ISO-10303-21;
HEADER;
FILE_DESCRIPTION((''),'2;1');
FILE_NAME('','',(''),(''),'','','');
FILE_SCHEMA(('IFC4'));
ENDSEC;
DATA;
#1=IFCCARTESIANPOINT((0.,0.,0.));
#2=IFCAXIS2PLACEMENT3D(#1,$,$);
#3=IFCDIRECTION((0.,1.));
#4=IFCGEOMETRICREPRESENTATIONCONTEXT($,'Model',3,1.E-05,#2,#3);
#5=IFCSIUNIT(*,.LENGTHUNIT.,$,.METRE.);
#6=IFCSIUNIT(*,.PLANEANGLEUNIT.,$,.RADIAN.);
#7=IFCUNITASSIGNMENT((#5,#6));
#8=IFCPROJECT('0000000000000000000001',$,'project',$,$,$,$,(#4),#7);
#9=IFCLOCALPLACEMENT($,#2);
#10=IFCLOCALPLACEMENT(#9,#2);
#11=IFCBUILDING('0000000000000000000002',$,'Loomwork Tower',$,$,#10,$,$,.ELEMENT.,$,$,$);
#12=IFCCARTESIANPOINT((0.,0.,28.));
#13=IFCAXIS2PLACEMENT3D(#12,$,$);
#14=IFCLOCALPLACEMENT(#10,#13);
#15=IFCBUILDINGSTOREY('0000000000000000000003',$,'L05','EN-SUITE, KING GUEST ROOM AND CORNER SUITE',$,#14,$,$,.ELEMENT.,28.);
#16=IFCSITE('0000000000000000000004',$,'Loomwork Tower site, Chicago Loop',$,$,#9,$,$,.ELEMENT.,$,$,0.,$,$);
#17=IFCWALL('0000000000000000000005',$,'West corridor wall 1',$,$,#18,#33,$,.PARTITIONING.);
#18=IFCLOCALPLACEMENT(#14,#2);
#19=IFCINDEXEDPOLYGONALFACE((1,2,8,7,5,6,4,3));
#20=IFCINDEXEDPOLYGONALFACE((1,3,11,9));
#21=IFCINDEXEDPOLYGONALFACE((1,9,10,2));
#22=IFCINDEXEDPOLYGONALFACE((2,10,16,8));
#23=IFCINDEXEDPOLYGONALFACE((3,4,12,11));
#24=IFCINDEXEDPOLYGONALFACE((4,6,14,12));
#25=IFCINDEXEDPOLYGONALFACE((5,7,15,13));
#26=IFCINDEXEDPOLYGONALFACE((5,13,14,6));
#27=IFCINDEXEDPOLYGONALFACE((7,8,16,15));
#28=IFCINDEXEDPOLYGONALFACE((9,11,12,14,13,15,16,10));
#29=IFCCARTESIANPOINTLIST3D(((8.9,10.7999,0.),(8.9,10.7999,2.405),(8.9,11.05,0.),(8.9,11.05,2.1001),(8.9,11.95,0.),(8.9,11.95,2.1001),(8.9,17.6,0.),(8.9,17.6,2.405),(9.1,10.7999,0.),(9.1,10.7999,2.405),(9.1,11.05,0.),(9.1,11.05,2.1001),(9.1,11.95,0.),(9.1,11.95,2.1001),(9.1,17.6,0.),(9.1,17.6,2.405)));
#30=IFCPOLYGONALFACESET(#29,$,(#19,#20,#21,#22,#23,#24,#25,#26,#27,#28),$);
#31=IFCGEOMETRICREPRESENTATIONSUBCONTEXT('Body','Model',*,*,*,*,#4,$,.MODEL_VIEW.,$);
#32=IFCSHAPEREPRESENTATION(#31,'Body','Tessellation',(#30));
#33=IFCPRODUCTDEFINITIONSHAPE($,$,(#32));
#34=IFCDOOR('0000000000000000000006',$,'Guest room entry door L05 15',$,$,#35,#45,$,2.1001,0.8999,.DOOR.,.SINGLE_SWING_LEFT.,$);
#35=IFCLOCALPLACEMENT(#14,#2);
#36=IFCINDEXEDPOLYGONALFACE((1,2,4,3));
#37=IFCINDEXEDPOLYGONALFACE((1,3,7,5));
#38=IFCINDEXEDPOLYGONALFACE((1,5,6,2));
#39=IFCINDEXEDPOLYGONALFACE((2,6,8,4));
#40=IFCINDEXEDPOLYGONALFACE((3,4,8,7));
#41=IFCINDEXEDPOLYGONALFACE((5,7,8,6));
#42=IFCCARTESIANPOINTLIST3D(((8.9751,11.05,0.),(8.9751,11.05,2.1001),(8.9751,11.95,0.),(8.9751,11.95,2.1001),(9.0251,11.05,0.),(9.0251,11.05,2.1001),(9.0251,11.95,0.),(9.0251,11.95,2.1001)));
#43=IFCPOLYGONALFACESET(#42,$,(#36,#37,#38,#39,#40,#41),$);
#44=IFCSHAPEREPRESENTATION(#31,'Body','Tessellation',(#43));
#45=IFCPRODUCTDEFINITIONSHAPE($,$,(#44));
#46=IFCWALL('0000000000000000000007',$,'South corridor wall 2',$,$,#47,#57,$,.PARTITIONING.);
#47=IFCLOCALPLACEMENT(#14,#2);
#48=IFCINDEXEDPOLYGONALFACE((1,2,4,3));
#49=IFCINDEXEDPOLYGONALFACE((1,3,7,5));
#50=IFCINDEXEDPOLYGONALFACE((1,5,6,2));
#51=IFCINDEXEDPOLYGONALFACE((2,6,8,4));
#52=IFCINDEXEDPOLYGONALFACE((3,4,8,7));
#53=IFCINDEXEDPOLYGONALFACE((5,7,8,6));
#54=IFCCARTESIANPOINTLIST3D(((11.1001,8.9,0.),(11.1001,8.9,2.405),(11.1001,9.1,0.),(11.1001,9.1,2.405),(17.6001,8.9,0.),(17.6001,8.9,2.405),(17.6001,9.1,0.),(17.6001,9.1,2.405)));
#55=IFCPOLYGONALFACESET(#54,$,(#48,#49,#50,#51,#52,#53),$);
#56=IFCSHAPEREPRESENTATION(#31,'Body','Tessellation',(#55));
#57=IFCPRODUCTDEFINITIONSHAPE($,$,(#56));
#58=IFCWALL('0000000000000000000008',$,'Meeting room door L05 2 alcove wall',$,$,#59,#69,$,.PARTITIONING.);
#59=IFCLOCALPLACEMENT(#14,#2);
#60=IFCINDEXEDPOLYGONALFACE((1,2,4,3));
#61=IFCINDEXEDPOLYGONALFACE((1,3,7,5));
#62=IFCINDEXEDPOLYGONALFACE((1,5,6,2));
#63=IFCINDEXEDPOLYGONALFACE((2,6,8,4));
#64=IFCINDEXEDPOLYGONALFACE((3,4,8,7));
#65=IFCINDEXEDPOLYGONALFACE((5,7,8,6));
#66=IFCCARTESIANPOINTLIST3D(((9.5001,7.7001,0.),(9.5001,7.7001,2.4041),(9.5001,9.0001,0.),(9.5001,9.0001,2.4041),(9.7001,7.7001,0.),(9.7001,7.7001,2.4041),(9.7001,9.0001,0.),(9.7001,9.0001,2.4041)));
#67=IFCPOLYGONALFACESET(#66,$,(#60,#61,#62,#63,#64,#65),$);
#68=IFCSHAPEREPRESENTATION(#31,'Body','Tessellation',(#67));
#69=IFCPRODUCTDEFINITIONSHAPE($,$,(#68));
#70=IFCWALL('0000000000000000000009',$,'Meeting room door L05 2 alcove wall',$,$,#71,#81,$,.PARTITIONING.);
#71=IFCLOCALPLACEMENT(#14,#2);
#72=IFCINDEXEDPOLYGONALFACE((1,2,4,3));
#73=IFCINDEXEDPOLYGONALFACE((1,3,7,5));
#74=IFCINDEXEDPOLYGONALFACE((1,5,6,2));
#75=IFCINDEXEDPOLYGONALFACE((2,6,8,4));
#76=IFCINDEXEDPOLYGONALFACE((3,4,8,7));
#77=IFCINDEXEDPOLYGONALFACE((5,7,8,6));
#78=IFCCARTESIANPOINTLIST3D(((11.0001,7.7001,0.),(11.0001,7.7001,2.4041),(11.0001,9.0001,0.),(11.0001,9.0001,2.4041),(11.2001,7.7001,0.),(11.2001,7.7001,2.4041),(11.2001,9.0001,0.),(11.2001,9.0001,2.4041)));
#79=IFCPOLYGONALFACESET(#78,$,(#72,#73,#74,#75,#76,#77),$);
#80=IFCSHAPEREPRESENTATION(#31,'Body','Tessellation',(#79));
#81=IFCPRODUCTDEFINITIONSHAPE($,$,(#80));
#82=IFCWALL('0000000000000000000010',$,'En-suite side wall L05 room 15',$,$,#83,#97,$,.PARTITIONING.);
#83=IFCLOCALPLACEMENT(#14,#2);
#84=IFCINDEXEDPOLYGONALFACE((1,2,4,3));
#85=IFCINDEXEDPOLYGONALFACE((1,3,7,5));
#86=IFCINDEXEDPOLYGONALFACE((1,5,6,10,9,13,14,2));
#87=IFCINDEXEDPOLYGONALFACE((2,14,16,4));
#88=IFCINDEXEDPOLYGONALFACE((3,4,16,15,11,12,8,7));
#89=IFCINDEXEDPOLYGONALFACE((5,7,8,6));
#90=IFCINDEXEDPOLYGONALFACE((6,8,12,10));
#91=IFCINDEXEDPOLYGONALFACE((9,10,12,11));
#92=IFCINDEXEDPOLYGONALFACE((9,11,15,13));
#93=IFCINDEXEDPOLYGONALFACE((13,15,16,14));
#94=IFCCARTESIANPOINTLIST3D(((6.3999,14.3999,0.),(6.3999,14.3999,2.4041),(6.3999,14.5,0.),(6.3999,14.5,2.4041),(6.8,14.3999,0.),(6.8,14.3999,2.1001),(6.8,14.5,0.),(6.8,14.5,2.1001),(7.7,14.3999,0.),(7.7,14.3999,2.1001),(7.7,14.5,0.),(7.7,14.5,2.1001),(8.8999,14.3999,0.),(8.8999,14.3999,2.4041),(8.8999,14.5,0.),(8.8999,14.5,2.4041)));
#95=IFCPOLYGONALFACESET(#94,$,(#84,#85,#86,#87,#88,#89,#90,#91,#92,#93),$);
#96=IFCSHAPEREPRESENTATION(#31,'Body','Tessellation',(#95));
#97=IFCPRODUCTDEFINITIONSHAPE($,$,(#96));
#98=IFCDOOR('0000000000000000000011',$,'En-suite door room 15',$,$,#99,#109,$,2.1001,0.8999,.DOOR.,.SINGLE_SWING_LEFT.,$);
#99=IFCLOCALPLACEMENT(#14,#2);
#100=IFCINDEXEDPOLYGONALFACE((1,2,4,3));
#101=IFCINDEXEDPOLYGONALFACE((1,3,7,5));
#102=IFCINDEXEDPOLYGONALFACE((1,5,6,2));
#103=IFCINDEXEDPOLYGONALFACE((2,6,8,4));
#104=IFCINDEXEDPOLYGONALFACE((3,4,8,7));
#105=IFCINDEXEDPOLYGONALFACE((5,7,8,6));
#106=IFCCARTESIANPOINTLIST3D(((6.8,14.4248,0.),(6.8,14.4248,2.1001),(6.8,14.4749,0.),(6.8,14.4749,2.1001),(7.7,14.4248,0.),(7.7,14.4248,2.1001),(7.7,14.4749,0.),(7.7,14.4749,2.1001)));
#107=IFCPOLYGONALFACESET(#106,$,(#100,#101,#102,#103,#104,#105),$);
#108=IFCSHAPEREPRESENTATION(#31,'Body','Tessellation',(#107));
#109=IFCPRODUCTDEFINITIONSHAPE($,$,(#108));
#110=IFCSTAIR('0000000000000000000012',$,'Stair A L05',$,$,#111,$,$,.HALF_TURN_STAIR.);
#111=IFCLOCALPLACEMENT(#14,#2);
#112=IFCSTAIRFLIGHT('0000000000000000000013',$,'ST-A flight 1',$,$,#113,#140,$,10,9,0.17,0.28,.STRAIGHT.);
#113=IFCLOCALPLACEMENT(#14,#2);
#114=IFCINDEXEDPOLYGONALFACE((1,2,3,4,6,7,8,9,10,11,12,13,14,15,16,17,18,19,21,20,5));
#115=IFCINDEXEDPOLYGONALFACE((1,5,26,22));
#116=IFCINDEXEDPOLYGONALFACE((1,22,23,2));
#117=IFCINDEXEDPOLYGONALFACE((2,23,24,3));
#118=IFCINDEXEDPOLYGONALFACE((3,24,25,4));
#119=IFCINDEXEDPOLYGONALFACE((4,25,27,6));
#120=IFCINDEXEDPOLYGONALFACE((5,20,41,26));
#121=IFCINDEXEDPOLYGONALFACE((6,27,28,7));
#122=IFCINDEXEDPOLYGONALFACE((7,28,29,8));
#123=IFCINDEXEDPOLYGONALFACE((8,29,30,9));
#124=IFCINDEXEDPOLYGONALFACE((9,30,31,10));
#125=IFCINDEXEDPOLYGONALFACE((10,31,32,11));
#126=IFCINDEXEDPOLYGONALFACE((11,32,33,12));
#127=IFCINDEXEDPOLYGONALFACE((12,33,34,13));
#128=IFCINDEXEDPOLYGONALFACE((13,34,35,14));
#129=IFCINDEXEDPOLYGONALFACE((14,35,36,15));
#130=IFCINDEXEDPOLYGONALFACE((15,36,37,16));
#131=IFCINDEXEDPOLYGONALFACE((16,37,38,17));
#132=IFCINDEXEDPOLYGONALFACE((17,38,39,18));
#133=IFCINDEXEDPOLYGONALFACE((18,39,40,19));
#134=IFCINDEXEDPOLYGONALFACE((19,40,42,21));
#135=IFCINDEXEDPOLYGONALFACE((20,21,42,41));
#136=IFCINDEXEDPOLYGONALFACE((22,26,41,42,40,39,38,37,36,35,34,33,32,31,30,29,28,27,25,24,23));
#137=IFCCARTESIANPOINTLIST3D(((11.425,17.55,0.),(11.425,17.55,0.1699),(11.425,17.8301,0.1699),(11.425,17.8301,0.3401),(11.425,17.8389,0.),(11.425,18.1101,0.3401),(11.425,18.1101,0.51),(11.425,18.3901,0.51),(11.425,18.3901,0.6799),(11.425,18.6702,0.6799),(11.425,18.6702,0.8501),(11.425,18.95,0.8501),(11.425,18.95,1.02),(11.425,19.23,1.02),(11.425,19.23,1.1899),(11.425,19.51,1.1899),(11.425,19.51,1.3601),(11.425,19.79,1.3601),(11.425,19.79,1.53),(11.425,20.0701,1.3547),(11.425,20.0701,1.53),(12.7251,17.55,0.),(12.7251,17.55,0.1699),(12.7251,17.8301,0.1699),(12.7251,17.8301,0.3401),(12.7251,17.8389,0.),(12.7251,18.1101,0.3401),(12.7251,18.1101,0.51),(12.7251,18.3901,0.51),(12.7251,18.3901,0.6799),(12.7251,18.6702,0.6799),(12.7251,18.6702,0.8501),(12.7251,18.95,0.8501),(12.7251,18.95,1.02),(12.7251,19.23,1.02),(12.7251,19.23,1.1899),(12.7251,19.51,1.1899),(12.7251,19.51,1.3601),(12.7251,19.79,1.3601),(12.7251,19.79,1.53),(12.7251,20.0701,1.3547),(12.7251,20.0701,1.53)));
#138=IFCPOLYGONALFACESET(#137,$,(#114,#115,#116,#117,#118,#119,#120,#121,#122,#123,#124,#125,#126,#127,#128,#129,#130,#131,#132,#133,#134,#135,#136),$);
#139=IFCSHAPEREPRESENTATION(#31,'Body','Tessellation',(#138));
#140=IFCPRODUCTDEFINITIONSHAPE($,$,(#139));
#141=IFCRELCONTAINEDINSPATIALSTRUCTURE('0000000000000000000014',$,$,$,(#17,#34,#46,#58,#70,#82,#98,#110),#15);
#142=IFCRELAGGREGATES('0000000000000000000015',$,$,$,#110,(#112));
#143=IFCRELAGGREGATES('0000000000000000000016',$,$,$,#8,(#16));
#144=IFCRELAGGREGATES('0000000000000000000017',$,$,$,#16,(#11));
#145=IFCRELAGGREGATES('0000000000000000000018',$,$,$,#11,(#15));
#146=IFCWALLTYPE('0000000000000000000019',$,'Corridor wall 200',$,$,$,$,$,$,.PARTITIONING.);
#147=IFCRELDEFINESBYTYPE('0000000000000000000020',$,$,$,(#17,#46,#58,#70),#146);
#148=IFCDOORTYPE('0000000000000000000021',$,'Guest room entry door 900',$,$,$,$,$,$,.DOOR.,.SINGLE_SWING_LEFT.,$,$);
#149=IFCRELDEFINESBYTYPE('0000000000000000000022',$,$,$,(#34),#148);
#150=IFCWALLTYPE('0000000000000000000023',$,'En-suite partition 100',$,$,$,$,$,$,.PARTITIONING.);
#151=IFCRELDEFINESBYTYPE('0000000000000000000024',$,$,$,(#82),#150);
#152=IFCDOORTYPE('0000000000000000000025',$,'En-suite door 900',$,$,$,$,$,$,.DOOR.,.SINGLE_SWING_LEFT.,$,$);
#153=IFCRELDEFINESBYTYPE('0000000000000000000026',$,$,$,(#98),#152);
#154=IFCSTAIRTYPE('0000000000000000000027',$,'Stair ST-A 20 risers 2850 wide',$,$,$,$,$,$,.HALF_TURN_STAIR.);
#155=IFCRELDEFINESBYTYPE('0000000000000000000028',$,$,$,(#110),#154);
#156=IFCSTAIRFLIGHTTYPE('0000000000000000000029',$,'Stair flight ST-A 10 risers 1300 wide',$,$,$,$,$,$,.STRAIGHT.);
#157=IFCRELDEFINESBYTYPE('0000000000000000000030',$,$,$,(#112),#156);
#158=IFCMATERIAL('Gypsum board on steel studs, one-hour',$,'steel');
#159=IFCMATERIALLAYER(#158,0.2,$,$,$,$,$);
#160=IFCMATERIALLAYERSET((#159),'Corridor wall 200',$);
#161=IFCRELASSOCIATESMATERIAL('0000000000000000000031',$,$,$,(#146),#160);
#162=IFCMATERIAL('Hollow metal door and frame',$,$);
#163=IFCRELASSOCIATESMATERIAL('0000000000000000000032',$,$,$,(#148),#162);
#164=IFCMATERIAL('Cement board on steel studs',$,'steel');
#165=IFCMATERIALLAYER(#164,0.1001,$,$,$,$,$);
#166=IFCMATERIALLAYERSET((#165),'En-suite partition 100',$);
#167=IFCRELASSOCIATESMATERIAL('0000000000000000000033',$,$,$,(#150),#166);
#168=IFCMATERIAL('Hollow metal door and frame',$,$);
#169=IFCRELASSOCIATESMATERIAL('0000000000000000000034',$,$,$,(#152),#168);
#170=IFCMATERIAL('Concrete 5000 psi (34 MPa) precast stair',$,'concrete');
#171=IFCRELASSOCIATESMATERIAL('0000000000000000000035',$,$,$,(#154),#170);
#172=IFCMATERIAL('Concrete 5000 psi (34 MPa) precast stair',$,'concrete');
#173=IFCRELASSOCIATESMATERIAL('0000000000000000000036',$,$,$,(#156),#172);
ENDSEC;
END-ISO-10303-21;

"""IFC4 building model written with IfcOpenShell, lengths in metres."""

from ifc_helpers import new_model, si_unit, direction, frame, frame_2d, origin, place, context, subcontext, project, spatial, polyline, rectangle, outline, extrude, material, layer, layer_set, type_object, element, fill, aggregate, save


model = new_model("IFC4")

# Units and contexts
model_context = context("Model", 3, precision=1e-05, world=origin(), true_north=direction((0.0, 1.0)))
body_context = subcontext(model_context, "Body", "Model", "MODEL_VIEW")
ifc_project = project(units=[si_unit("LENGTHUNIT", "METRE"), si_unit("PLANEANGLEUNIT", "RADIAN")], contexts=[model_context])

# Site, building, storey
site_placement = place(None, origin())
site = spatial("IfcSite", under=ifc_project, at=site_placement, Name="Loomwork Tower site, Chicago Loop", CompositionType="ELEMENT", RefElevation=0.0)
building_placement = place(site_placement, origin())
building = spatial("IfcBuilding", under=site, at=building_placement, Name="Loomwork Tower", CompositionType="ELEMENT")
storey_placement = place(building_placement, frame((0.0, 0.0, 28.0)))
storey = spatial("IfcBuildingStorey", under=building, at=storey_placement, Name="L05", Description="EN-SUITE, KING GUEST ROOM AND CORNER SUITE", CompositionType="ELEMENT", Elevation=28.0)

# Shared definitions
ifc_material_1 = material(Name="Gypsum board on steel studs, one-hour", Category="steel")
ifc_layer_1 = layer(ifc_material_1, 0.2)
ifc_layer_set_1 = layer_set([ifc_layer_1], Name="Corridor wall 200")
wall_type_1 = type_object("IfcWallType", Name="Corridor wall 200", PredefinedType="PARTITIONING", material=ifc_layer_set_1)

# Wall, opening, door
wall_1_placement = place(storey_placement, frame((9.0, 10.8, 0.0), z_axis=(0.0, 0.0, 1.0), x_axis=(0.0, 1.0, 0.0)))
wall_1 = element("IfcWall", 1, at=wall_1_placement, inside=storey, type_object=wall_type_1, Name="West corridor wall 1", PredefinedType="PARTITIONING", context=body_context, shape_type="SweptSolid", body=[
    extrude(rectangle(XDim=6.8, YDim=0.2, at=frame_2d((3.3999, 0.0))), origin(), (0.0, 0.0, 1.0), 2.405),
])
opening_1_placement = place(wall_1_placement, frame((0.25, 0.0, 0.0)))
opening_1 = element("IfcOpeningElement", 2, at=opening_1_placement, cuts=wall_1, PredefinedType="OPENING", context=body_context, shape_type="SweptSolid", body=[
    extrude(rectangle(XDim=0.8999, YDim=2.1001, at=frame_2d((0.45, 1.05))), frame((0.0, 0.1099, 0.0), z_axis=(0.0, -1.0, 0.0), x_axis=(1.0, 0.0, 0.0)), (0.0, 0.0, 1.0), 0.22),
])
ifc_material_2 = material(Name="Hollow metal door and frame")
door_type_1 = type_object("IfcDoorType", Name="Guest room entry door 900", OperationType="SINGLE_SWING_LEFT", PredefinedType="DOOR", material=ifc_material_2)
door_1_placement = place(opening_1_placement, origin())
door_1 = element("IfcDoor", 3, at=door_1_placement, inside=storey, type_object=door_type_1, Name="Guest room entry door L05 15", OperationType="SINGLE_SWING_LEFT", OverallHeight=2.1001, OverallWidth=0.8999, PredefinedType="DOOR", context=body_context, shape_type="SweptSolid", body=[
    extrude(rectangle(XDim=0.8999, YDim=2.1001, at=frame_2d((0.45, 1.05))), frame((0.0, 0.0249, 0.0), z_axis=(0.0, -1.0, 0.0), x_axis=(1.0, 0.0, 0.0)), (0.0, 0.0, 1.0), 0.05),
])
fill(opening_1, door_1)

# Walls
wall_2_placement = place(storey_placement, frame((11.1001, 9.0, 0.0), z_axis=(0.0, 0.0, 1.0), x_axis=(1.0, 0.0, 0.0)))
element("IfcWall", 4, at=wall_2_placement, inside=storey, type_object=wall_type_1, Name="South corridor wall 2", PredefinedType="PARTITIONING", context=body_context, shape_type="SweptSolid", body=[
    extrude(rectangle(XDim=6.5, YDim=0.2, at=frame_2d((3.25, 0.0))), origin(), (0.0, 0.0, 1.0), 2.405),
])
for number, where, z_axis, x_axis, name in (
    (5, (9.6001, 9.0, 0.0), (0.0, 0.0, 1.0), (0.0, -1.0, 0.0), "Meeting room door L05 2 alcove wall"),
    (6, (11.1001, 9.0, 0.0), (0.0, 0.0, 1.0), (0.0, -1.0, 0.0), "Meeting room door L05 2 alcove wall"),
):
    element("IfcWall", number, at=place(storey_placement, frame(where, z_axis=z_axis, x_axis=x_axis)), inside=storey, type_object=wall_type_1, Name=name, PredefinedType="PARTITIONING", context=body_context, shape_type="SweptSolid", body=[
        extrude(rectangle(XDim=1.3, YDim=0.2, at=frame_2d((0.6499, 0.0))), origin(), (0.0, 0.0, 1.0), 2.4041),
    ])

# Wall, opening, door
ifc_material_3 = material(Name="Cement board on steel studs", Category="steel")
ifc_layer_2 = layer(ifc_material_3, 0.1001)
ifc_layer_set_2 = layer_set([ifc_layer_2], Name="En-suite partition 100")
wall_type_2 = type_object("IfcWallType", Name="En-suite partition 100", PredefinedType="PARTITIONING", material=ifc_layer_set_2)
wall_3_placement = place(storey_placement, frame((8.8999, 14.45, 0.0), z_axis=(0.0, 0.0, 1.0), x_axis=(-1.0, 0.0, 0.0)))
wall_3 = element("IfcWall", 7, at=wall_3_placement, inside=storey, type_object=wall_type_2, Name="En-suite side wall L05 room 15", PredefinedType="PARTITIONING", context=body_context, shape_type="SweptSolid", body=[
    extrude(rectangle(XDim=2.5, YDim=0.1001, at=frame_2d((1.25, 0.0))), origin(), (0.0, 0.0, 1.0), 2.4041),
])
opening_2_placement = place(wall_3_placement, frame((1.2, 0.0, 0.0)))
opening_2 = element("IfcOpeningElement", 8, at=opening_2_placement, cuts=wall_3, PredefinedType="OPENING", context=body_context, shape_type="SweptSolid", body=[
    extrude(rectangle(XDim=0.8999, YDim=2.1001, at=frame_2d((0.45, 1.05))), frame((0.0, 0.0601, 0.0), z_axis=(0.0, -1.0, 0.0), x_axis=(1.0, 0.0, 0.0)), (0.0, 0.0, 1.0), 0.1201),
])
ifc_material_4 = material(Name="Hollow metal door and frame")
door_type_2 = type_object("IfcDoorType", Name="En-suite door 900", OperationType="SINGLE_SWING_LEFT", PredefinedType="DOOR", material=ifc_material_4)
door_2_placement = place(opening_2_placement, frame((0.8999, 0.0, 0.0), z_axis=(0.0, 0.0, 1.0), x_axis=(-1.0, 0.0, 0.0)))
door_2 = element("IfcDoor", 9, at=door_2_placement, inside=storey, type_object=door_type_2, Name="En-suite door room 15", OperationType="SINGLE_SWING_LEFT", OverallHeight=2.1001, OverallWidth=0.8999, PredefinedType="DOOR", context=body_context, shape_type="SweptSolid", body=[
    extrude(rectangle(XDim=0.8999, YDim=2.1001, at=frame_2d((0.45, 1.05))), frame((0.0, 0.0249, 0.0), z_axis=(0.0, -1.0, 0.0), x_axis=(1.0, 0.0, 0.0)), (0.0, 0.0, 1.0), 0.05),
])
fill(opening_2, door_2)

# Stair, stair flight
ifc_material_5 = material(Name="Concrete 5000 psi (34 MPa) precast stair", Category="concrete")
stair_type = type_object("IfcStairType", Name="Stair ST-A 20 risers 2850 wide", PredefinedType="HALF_TURN_STAIR", material=ifc_material_5)
stair_placement = place(storey_placement, origin())
stair = element("IfcStair", 10, at=stair_placement, inside=storey, type_object=stair_type, Name="Stair A L05", PredefinedType="HALF_TURN_STAIR")
ifc_material_6 = material(Name="Concrete 5000 psi (34 MPa) precast stair", Category="concrete")
stair_flight_type = type_object("IfcStairFlightType", Name="Stair flight ST-A 10 risers 1300 wide", PredefinedType="STRAIGHT", material=ifc_material_6)
stair_flight_placement = place(storey_placement, frame((12.075, 17.55, 0.0), z_axis=(0.0, 0.0, 1.0), x_axis=(0.0, 1.0, 0.0)))
stair_flight = element("IfcStairFlight", 11, at=stair_flight_placement, type_object=stair_flight_type, Name="ST-A flight 1", NumberOfRisers=10, NumberOfTreads=9, PredefinedType="STRAIGHT", RiserHeight=0.17, TreadLength=0.28, context=body_context, shape_type="SweptSolid", body=[
    extrude(outline(polyline([(0.0, 0.0), (0.0, 0.1699), (0.28, 0.1699), (0.28, 0.3401), (0.5601, 0.3401), (0.5601, 0.51), (0.8401, 0.51), (0.8401, 0.6799), (1.1201, 0.6799), (1.1201, 0.8501), (1.3999, 0.8501), (1.3999, 1.02), (1.6799, 1.02), (1.6799, 1.1899), (1.96, 1.1899), (1.96, 1.3601), (2.24, 1.3601), (2.24, 1.53), (2.52, 1.53), (2.52, 1.7), (2.52, 1.3547), (0.2888, 0.0), (0.0, 0.0)])), frame((0.0, 0.6499, 0.0), z_axis=(0.0, -1.0, 0.0), x_axis=(1.0, 0.0, 0.0)), (0.0, 0.0, 1.0), 1.3),
])
aggregate(stair, [stair_flight])

save(model, "model.ifc")
